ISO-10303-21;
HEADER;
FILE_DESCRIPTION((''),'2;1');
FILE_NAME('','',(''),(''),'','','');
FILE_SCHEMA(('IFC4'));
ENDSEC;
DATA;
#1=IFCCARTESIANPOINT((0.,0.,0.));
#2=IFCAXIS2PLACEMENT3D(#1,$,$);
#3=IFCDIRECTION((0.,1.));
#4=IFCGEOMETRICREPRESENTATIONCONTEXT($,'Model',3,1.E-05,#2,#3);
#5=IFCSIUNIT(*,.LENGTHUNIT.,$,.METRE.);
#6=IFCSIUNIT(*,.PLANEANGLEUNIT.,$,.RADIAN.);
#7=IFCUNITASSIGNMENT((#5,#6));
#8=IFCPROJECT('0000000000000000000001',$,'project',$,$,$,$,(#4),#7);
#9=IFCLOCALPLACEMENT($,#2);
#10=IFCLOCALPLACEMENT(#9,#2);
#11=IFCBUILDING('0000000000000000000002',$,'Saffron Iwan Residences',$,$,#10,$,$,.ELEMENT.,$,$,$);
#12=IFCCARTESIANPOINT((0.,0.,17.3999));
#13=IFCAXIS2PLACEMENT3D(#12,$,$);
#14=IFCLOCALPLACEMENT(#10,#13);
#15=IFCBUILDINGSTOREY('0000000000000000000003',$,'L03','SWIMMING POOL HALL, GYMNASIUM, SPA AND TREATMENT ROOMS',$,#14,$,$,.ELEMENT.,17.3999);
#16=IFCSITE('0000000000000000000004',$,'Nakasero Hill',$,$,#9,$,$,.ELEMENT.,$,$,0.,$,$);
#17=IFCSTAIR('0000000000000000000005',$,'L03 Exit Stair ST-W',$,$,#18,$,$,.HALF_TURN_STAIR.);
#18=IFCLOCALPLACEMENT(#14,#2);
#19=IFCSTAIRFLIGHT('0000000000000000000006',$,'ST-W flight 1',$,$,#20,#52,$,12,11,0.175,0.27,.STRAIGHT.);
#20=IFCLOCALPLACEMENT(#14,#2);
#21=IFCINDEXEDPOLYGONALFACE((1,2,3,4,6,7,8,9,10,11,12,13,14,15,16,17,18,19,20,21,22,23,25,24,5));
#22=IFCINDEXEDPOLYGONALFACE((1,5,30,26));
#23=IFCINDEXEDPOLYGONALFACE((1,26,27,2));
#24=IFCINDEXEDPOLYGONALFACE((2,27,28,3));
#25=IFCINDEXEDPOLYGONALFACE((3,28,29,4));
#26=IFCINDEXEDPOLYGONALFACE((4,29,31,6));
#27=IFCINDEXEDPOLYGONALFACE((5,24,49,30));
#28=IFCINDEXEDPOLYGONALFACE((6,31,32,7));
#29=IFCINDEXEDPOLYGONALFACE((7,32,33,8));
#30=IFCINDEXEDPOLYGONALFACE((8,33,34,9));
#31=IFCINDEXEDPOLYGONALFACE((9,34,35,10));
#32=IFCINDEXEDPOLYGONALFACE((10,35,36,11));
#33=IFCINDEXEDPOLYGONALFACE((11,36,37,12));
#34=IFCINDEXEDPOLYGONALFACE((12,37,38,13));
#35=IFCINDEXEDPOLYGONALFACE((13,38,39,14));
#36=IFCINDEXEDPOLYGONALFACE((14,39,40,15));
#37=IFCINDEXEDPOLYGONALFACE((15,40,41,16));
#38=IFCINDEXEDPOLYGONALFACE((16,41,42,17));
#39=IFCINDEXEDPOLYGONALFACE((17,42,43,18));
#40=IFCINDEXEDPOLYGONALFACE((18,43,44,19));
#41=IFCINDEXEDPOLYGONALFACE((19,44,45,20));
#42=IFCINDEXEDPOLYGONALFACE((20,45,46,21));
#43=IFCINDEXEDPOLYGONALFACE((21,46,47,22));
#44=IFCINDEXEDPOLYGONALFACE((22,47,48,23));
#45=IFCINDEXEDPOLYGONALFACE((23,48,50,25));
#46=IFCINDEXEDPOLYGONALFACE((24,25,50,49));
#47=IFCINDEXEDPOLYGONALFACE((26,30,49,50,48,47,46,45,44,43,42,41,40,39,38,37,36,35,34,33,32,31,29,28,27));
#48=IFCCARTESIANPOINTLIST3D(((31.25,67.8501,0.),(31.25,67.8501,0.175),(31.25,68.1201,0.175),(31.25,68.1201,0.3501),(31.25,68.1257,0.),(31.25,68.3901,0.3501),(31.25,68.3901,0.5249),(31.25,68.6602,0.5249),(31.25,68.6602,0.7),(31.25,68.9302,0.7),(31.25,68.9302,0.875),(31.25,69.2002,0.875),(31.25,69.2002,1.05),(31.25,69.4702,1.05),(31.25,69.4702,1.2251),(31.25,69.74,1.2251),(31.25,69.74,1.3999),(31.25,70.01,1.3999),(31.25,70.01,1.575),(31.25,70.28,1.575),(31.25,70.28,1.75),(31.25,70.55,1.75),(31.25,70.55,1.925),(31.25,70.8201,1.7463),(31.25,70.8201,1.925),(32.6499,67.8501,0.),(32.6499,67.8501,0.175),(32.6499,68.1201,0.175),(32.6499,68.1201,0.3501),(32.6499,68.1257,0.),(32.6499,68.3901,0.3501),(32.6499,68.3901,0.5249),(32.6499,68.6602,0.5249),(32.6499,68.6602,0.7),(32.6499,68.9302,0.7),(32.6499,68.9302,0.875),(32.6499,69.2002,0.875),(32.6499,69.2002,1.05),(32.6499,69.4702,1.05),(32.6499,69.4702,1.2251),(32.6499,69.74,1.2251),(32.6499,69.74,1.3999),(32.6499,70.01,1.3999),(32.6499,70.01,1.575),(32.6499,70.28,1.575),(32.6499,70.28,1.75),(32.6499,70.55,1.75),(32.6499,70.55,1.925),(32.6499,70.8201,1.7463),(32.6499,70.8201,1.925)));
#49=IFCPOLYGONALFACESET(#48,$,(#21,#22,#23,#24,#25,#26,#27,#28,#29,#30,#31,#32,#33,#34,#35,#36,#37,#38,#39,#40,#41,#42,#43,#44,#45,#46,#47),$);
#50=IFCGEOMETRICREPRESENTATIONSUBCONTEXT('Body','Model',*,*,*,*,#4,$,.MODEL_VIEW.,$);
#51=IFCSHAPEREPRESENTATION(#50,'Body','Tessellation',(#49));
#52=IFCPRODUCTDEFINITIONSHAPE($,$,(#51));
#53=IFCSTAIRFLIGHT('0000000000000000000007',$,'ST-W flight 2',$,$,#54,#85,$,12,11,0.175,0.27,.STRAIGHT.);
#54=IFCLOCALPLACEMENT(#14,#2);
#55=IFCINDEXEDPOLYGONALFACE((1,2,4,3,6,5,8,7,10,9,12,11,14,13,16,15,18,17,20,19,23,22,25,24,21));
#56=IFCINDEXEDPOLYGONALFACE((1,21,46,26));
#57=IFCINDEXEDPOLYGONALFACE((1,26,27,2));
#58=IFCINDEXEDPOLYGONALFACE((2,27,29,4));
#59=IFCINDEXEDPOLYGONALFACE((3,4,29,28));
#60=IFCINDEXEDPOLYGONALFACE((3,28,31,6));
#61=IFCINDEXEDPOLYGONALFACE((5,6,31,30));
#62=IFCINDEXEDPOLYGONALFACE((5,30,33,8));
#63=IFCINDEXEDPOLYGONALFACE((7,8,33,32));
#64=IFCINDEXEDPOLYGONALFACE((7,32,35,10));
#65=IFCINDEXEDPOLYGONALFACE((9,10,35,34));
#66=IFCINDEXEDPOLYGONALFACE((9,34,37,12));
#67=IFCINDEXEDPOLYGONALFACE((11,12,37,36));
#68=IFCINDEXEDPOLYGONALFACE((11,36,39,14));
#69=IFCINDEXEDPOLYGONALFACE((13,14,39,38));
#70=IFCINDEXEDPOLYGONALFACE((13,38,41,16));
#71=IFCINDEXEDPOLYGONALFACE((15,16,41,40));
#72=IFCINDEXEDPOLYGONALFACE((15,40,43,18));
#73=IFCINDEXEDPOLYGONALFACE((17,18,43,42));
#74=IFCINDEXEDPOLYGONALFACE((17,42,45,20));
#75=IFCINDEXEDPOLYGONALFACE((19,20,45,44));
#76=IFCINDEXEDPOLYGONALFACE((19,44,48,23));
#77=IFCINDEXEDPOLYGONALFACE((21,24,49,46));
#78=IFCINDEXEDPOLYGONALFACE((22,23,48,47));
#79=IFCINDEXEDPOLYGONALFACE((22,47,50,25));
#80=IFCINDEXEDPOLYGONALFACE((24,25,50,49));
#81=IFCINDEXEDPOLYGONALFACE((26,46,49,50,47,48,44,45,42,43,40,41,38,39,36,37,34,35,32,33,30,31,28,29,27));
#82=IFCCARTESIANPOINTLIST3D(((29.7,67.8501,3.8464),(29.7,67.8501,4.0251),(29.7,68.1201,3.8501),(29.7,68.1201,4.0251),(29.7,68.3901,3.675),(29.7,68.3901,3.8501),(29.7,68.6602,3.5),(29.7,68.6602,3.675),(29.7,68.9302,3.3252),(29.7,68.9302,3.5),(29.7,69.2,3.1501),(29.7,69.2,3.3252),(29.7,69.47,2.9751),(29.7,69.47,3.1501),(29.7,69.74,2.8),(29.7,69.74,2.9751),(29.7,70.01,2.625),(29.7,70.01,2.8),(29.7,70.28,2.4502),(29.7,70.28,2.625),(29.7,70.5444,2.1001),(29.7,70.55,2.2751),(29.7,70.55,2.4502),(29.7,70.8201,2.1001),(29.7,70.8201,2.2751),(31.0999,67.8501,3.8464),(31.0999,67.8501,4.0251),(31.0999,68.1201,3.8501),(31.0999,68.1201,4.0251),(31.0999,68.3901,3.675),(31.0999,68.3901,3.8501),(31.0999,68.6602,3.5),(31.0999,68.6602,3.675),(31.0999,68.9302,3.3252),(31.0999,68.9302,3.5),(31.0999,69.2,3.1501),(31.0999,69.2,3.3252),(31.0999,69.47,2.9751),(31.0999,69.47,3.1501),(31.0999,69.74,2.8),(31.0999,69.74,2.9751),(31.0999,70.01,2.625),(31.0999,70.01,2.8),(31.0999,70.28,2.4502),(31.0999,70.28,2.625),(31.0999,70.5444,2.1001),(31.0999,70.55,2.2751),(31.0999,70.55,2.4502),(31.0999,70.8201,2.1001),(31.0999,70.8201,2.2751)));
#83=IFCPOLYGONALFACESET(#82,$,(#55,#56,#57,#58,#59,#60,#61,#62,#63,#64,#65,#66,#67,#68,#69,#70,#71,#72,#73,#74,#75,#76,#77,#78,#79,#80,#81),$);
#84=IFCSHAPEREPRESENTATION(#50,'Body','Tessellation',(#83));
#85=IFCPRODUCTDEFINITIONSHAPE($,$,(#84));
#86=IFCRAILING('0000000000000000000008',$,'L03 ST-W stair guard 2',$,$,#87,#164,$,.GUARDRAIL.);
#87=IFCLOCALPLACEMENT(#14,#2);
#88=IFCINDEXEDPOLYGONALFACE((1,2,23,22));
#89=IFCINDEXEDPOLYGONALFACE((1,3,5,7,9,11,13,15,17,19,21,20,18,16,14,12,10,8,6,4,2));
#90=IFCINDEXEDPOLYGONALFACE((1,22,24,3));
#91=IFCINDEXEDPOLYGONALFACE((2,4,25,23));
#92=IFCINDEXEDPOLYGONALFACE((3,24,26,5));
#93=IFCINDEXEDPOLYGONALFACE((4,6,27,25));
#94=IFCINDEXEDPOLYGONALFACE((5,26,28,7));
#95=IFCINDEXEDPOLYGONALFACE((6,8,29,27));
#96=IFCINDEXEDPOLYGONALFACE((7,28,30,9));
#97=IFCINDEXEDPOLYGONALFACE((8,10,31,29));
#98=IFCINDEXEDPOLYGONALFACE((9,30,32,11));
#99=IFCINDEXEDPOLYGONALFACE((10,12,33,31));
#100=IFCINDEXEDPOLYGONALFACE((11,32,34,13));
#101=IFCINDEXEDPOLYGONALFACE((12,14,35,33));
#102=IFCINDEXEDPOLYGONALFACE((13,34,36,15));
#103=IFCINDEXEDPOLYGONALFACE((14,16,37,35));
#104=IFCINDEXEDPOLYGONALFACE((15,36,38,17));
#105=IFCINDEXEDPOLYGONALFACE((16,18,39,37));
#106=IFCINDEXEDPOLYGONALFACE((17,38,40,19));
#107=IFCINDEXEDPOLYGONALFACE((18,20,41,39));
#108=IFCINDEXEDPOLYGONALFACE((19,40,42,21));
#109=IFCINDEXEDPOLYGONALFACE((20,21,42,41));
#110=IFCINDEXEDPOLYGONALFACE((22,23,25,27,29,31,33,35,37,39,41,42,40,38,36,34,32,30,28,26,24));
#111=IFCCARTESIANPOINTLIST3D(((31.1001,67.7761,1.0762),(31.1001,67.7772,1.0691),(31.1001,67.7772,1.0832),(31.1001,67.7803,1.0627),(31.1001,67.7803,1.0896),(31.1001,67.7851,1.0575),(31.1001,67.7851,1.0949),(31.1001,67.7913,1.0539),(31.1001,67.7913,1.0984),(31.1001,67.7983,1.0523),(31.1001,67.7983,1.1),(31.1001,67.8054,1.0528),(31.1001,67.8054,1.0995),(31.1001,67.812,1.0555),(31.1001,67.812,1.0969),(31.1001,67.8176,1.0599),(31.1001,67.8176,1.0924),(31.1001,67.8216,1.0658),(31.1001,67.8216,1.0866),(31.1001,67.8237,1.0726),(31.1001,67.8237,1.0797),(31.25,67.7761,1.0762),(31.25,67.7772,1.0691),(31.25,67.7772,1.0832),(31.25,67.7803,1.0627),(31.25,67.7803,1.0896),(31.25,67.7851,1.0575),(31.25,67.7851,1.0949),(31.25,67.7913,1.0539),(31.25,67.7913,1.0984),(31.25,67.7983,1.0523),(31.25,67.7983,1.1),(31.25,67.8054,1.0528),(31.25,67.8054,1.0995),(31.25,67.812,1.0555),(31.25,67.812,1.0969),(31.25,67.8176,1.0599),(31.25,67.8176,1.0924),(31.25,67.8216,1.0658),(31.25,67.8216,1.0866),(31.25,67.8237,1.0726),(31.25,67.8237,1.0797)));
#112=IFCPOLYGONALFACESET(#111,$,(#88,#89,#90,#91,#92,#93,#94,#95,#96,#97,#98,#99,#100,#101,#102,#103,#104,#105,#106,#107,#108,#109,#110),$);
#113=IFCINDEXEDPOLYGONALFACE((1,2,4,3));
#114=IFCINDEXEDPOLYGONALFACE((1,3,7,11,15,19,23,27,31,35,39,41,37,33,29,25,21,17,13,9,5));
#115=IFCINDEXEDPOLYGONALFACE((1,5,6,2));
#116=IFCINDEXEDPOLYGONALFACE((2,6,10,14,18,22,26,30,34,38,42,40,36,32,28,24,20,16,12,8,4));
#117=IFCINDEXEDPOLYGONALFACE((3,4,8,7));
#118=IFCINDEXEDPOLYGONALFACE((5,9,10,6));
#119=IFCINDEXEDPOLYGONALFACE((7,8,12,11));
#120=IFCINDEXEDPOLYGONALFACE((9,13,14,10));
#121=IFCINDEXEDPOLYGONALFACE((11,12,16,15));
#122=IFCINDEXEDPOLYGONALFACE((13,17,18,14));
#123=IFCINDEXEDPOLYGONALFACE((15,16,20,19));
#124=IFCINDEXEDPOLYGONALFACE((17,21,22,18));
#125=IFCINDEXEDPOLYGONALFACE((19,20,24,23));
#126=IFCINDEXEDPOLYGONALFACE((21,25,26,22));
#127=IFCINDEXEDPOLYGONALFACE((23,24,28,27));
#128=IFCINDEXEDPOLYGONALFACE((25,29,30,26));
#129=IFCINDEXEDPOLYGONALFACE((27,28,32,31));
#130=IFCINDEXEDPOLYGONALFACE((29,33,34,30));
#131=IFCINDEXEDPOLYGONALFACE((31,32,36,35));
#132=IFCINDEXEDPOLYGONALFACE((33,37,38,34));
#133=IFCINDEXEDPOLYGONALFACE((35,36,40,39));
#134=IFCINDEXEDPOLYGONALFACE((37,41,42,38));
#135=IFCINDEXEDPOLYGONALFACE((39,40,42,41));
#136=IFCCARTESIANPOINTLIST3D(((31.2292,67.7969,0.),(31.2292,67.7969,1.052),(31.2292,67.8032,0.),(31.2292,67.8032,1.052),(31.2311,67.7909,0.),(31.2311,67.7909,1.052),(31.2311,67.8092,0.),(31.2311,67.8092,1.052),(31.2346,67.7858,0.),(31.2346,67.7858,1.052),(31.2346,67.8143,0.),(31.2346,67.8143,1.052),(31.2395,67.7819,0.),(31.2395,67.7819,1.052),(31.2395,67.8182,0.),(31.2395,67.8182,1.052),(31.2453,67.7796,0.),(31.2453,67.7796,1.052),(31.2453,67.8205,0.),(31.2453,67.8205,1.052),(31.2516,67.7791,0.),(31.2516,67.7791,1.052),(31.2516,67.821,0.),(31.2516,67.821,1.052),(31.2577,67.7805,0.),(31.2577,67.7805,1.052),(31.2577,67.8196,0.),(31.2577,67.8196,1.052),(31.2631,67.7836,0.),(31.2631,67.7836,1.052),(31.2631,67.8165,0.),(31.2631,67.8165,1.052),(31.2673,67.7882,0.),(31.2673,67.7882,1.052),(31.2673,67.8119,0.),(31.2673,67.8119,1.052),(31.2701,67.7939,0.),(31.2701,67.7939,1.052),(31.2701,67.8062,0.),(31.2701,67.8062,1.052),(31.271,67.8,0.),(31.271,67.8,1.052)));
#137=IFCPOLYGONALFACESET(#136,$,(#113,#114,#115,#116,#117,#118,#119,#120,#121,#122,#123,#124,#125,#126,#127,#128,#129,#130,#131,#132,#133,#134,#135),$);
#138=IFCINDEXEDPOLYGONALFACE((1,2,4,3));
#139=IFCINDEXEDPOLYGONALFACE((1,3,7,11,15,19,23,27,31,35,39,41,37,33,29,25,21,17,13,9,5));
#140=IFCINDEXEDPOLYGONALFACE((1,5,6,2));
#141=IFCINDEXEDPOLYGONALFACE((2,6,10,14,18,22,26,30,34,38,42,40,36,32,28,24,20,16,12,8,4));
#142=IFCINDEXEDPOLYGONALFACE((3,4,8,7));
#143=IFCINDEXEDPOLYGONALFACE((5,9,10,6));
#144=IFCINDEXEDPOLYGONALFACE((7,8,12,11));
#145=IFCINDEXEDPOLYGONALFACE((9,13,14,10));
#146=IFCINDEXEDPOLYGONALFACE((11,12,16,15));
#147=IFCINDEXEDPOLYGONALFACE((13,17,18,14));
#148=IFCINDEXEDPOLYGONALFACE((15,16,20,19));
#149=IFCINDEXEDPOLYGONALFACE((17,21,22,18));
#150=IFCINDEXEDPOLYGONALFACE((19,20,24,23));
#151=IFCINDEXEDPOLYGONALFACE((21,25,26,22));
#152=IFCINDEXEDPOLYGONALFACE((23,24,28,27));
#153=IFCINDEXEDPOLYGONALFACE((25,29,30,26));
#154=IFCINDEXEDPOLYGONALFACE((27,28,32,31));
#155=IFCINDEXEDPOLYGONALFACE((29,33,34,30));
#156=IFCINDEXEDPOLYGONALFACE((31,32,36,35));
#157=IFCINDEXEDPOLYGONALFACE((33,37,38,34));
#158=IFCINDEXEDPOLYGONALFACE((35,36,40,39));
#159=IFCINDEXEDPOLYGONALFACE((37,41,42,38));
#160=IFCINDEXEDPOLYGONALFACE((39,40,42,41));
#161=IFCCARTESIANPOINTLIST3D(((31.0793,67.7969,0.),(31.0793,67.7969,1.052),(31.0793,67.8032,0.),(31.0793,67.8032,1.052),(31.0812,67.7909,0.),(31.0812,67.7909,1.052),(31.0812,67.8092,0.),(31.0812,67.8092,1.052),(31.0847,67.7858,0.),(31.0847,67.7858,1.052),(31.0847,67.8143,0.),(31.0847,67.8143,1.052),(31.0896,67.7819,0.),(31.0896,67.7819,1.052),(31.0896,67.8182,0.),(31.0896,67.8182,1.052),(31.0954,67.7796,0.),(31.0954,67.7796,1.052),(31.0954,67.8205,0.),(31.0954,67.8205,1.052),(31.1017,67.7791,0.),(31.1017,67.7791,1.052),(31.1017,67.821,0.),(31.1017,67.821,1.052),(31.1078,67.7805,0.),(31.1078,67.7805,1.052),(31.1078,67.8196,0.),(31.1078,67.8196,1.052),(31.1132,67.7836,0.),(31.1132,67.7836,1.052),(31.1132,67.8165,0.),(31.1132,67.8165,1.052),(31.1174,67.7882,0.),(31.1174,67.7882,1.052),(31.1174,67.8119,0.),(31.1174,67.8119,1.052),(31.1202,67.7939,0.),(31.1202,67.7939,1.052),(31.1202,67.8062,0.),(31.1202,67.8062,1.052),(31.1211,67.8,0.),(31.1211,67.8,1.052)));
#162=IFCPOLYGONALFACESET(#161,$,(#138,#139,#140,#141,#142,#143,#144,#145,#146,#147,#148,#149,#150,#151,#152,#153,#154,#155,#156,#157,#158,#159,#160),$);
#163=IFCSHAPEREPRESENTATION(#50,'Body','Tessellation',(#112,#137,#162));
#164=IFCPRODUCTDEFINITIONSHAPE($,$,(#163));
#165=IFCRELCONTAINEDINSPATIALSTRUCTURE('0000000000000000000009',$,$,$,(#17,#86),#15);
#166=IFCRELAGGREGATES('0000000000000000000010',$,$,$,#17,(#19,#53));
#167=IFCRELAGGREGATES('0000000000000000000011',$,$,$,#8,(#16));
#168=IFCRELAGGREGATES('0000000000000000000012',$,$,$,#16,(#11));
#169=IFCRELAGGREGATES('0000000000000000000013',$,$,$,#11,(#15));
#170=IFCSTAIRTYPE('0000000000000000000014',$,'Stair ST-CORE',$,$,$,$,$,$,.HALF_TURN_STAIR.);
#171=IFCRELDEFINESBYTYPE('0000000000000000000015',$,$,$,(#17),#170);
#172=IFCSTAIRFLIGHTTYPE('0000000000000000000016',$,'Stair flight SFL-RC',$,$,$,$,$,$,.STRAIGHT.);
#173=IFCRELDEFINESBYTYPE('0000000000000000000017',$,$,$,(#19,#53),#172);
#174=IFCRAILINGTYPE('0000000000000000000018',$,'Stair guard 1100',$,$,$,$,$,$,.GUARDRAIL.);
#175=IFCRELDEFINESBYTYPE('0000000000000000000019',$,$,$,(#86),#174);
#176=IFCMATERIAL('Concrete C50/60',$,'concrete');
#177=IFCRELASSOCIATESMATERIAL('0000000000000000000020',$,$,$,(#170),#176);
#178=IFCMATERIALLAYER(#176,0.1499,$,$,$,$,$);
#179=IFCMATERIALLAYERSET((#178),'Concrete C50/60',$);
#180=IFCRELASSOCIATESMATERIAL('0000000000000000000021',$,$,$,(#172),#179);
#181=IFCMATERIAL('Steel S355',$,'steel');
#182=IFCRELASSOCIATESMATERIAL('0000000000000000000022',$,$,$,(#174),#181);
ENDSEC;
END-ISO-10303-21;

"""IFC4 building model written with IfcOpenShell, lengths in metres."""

from ifc_helpers import new_model, si_unit, direction, frame, origin, origin_2d, place, context, subcontext, project, spatial, polyline, circle, outline, extrude, material, layer, layer_set, type_object, element, aggregate, save


model = new_model("IFC4")

# Units and contexts
model_context = context("Model", 3, precision=1e-05, world=origin(), true_north=direction((0.0, 1.0)))
body_context = subcontext(model_context, "Body", "Model", "MODEL_VIEW")
ifc_project = project(units=[si_unit("LENGTHUNIT", "METRE"), si_unit("PLANEANGLEUNIT", "RADIAN")], contexts=[model_context])

# Site, building, storey
site_placement = place(None, origin())
site = spatial("IfcSite", under=ifc_project, at=site_placement, Name="Nakasero Hill", CompositionType="ELEMENT", RefElevation=0.0)
building_placement = place(site_placement, origin())
building = spatial("IfcBuilding", under=site, at=building_placement, Name="Saffron Iwan Residences", CompositionType="ELEMENT")
storey_placement = place(building_placement, frame((0.0, 0.0, 17.3999)))
storey = spatial("IfcBuildingStorey", under=building, at=storey_placement, Name="L03", Description="SWIMMING POOL HALL, GYMNASIUM, SPA AND TREATMENT ROOMS", CompositionType="ELEMENT", Elevation=17.3999)

# Shared definitions
ifc_material_1 = material(Name="Concrete C50/60", Category="concrete")

# Stair, stair flights
stair_type = type_object("IfcStairType", Name="Stair ST-CORE", PredefinedType="HALF_TURN_STAIR", material=ifc_material_1)
stair_placement = place(storey_placement, origin())
stair = element("IfcStair", 1, at=stair_placement, inside=storey, type_object=stair_type, Name="L03 Exit Stair ST-W", PredefinedType="HALF_TURN_STAIR")
ifc_layer_1 = layer(ifc_material_1, 0.1499)
ifc_layer_set_1 = layer_set([ifc_layer_1], Name="Concrete C50/60")
stair_flight_type = type_object("IfcStairFlightType", Name="Stair flight SFL-RC", PredefinedType="STRAIGHT", material=ifc_layer_set_1)
stair_flight_1_placement = place(storey_placement, frame((31.95, 67.8501, 0.0), z_axis=(0.0, 0.0, 1.0), x_axis=(0.0, 1.0, 0.0)))
stair_flight_1 = element("IfcStairFlight", 2, at=stair_flight_1_placement, type_object=stair_flight_type, Name="ST-W flight 1", NumberOfRisers=12, NumberOfTreads=11, PredefinedType="STRAIGHT", RiserHeight=0.175, TreadLength=0.27, context=body_context, shape_type="SweptSolid", body=[
    extrude(outline(polyline([(0.0, 0.0), (0.0, 0.175), (0.27, 0.175), (0.27, 0.3501), (0.54, 0.3501), (0.54, 0.5249), (0.8101, 0.5249), (0.8101, 0.7), (1.0801, 0.7), (1.0801, 0.875), (1.3501, 0.875), (1.3501, 1.05), (1.6201, 1.05), (1.6201, 1.2251), (1.8899, 1.2251), (1.8899, 1.3999), (2.1599, 1.3999), (2.1599, 1.575), (2.4299, 1.575), (2.4299, 1.75), (2.7, 1.75), (2.7, 1.925), (2.97, 1.925), (2.97, 2.1001), (2.97, 1.7463), (0.2756, 0.0), (0.0, 0.0)])), frame((0.0, 0.7, 0.0), z_axis=(0.0, -1.0, 0.0), x_axis=(1.0, 0.0, 0.0)), (0.0, 0.0, 1.0), 1.3999),
])
stair_flight_2_placement = place(storey_placement, frame((30.3999, 70.8201, 2.1001), z_axis=(0.0, 0.0, 1.0), x_axis=(0.0, -1.0, 0.0)))
stair_flight_2 = element("IfcStairFlight", 3, at=stair_flight_2_placement, type_object=stair_flight_type, Name="ST-W flight 2", NumberOfRisers=12, NumberOfTreads=11, PredefinedType="STRAIGHT", RiserHeight=0.175, TreadLength=0.27, context=body_context, shape_type="SweptSolid", body=[
    extrude(outline(polyline([(0.0, 0.0), (0.0, 0.175), (0.27, 0.175), (0.27, 0.3501), (0.54, 0.3501), (0.54, 0.5249), (0.8101, 0.5249), (0.8101, 0.7), (1.0801, 0.7), (1.0801, 0.875), (1.3501, 0.875), (1.3501, 1.05), (1.6201, 1.05), (1.6201, 1.2251), (1.8899, 1.2251), (1.8899, 1.3999), (2.1599, 1.3999), (2.1599, 1.575), (2.4299, 1.575), (2.4299, 1.75), (2.7, 1.75), (2.7, 1.925), (2.97, 1.925), (2.97, 2.1001), (2.97, 1.7463), (0.2756, 0.0), (0.0, 0.0)])), frame((0.0, 0.7, 0.0), z_axis=(0.0, -1.0, 0.0), x_axis=(1.0, 0.0, 0.0)), (0.0, 0.0, 1.0), 1.3999),
])
aggregate(stair, [stair_flight_1, stair_flight_2])

# Railing
ifc_material_2 = material(Name="Steel S355", Category="steel")
railing_type_1 = type_object("IfcRailingType", Name="Stair guard 1100", PredefinedType="GUARDRAIL", material=ifc_material_2)
railing_1_placement = place(storey_placement, frame((31.25, 67.8, 0.0)))
element("IfcRailing", 4, at=railing_1_placement, inside=storey, type_object=railing_type_1, Name="L03 ST-W stair guard 2", PredefinedType="GUARDRAIL", context=body_context, shape_type="SweptSolid", body=[
    extrude(circle(Radius=0.0239, at=origin_2d()), frame((0.0, 0.0, 1.0762), z_axis=(-1.0, 0.0, 0.0), x_axis=(0.0, -1.0, 0.0)), (0.0, 0.0, 1.0), 0.1499),
    extrude(circle(Radius=0.021, at=origin_2d()), origin(), (0.0, 0.0, 1.0), 1.052),
    extrude(circle(Radius=0.021, at=origin_2d()), frame((-0.1499, 0.0, 0.0)), (0.0, 0.0, 1.0), 1.052),
])

save(model, "model.ifc")
